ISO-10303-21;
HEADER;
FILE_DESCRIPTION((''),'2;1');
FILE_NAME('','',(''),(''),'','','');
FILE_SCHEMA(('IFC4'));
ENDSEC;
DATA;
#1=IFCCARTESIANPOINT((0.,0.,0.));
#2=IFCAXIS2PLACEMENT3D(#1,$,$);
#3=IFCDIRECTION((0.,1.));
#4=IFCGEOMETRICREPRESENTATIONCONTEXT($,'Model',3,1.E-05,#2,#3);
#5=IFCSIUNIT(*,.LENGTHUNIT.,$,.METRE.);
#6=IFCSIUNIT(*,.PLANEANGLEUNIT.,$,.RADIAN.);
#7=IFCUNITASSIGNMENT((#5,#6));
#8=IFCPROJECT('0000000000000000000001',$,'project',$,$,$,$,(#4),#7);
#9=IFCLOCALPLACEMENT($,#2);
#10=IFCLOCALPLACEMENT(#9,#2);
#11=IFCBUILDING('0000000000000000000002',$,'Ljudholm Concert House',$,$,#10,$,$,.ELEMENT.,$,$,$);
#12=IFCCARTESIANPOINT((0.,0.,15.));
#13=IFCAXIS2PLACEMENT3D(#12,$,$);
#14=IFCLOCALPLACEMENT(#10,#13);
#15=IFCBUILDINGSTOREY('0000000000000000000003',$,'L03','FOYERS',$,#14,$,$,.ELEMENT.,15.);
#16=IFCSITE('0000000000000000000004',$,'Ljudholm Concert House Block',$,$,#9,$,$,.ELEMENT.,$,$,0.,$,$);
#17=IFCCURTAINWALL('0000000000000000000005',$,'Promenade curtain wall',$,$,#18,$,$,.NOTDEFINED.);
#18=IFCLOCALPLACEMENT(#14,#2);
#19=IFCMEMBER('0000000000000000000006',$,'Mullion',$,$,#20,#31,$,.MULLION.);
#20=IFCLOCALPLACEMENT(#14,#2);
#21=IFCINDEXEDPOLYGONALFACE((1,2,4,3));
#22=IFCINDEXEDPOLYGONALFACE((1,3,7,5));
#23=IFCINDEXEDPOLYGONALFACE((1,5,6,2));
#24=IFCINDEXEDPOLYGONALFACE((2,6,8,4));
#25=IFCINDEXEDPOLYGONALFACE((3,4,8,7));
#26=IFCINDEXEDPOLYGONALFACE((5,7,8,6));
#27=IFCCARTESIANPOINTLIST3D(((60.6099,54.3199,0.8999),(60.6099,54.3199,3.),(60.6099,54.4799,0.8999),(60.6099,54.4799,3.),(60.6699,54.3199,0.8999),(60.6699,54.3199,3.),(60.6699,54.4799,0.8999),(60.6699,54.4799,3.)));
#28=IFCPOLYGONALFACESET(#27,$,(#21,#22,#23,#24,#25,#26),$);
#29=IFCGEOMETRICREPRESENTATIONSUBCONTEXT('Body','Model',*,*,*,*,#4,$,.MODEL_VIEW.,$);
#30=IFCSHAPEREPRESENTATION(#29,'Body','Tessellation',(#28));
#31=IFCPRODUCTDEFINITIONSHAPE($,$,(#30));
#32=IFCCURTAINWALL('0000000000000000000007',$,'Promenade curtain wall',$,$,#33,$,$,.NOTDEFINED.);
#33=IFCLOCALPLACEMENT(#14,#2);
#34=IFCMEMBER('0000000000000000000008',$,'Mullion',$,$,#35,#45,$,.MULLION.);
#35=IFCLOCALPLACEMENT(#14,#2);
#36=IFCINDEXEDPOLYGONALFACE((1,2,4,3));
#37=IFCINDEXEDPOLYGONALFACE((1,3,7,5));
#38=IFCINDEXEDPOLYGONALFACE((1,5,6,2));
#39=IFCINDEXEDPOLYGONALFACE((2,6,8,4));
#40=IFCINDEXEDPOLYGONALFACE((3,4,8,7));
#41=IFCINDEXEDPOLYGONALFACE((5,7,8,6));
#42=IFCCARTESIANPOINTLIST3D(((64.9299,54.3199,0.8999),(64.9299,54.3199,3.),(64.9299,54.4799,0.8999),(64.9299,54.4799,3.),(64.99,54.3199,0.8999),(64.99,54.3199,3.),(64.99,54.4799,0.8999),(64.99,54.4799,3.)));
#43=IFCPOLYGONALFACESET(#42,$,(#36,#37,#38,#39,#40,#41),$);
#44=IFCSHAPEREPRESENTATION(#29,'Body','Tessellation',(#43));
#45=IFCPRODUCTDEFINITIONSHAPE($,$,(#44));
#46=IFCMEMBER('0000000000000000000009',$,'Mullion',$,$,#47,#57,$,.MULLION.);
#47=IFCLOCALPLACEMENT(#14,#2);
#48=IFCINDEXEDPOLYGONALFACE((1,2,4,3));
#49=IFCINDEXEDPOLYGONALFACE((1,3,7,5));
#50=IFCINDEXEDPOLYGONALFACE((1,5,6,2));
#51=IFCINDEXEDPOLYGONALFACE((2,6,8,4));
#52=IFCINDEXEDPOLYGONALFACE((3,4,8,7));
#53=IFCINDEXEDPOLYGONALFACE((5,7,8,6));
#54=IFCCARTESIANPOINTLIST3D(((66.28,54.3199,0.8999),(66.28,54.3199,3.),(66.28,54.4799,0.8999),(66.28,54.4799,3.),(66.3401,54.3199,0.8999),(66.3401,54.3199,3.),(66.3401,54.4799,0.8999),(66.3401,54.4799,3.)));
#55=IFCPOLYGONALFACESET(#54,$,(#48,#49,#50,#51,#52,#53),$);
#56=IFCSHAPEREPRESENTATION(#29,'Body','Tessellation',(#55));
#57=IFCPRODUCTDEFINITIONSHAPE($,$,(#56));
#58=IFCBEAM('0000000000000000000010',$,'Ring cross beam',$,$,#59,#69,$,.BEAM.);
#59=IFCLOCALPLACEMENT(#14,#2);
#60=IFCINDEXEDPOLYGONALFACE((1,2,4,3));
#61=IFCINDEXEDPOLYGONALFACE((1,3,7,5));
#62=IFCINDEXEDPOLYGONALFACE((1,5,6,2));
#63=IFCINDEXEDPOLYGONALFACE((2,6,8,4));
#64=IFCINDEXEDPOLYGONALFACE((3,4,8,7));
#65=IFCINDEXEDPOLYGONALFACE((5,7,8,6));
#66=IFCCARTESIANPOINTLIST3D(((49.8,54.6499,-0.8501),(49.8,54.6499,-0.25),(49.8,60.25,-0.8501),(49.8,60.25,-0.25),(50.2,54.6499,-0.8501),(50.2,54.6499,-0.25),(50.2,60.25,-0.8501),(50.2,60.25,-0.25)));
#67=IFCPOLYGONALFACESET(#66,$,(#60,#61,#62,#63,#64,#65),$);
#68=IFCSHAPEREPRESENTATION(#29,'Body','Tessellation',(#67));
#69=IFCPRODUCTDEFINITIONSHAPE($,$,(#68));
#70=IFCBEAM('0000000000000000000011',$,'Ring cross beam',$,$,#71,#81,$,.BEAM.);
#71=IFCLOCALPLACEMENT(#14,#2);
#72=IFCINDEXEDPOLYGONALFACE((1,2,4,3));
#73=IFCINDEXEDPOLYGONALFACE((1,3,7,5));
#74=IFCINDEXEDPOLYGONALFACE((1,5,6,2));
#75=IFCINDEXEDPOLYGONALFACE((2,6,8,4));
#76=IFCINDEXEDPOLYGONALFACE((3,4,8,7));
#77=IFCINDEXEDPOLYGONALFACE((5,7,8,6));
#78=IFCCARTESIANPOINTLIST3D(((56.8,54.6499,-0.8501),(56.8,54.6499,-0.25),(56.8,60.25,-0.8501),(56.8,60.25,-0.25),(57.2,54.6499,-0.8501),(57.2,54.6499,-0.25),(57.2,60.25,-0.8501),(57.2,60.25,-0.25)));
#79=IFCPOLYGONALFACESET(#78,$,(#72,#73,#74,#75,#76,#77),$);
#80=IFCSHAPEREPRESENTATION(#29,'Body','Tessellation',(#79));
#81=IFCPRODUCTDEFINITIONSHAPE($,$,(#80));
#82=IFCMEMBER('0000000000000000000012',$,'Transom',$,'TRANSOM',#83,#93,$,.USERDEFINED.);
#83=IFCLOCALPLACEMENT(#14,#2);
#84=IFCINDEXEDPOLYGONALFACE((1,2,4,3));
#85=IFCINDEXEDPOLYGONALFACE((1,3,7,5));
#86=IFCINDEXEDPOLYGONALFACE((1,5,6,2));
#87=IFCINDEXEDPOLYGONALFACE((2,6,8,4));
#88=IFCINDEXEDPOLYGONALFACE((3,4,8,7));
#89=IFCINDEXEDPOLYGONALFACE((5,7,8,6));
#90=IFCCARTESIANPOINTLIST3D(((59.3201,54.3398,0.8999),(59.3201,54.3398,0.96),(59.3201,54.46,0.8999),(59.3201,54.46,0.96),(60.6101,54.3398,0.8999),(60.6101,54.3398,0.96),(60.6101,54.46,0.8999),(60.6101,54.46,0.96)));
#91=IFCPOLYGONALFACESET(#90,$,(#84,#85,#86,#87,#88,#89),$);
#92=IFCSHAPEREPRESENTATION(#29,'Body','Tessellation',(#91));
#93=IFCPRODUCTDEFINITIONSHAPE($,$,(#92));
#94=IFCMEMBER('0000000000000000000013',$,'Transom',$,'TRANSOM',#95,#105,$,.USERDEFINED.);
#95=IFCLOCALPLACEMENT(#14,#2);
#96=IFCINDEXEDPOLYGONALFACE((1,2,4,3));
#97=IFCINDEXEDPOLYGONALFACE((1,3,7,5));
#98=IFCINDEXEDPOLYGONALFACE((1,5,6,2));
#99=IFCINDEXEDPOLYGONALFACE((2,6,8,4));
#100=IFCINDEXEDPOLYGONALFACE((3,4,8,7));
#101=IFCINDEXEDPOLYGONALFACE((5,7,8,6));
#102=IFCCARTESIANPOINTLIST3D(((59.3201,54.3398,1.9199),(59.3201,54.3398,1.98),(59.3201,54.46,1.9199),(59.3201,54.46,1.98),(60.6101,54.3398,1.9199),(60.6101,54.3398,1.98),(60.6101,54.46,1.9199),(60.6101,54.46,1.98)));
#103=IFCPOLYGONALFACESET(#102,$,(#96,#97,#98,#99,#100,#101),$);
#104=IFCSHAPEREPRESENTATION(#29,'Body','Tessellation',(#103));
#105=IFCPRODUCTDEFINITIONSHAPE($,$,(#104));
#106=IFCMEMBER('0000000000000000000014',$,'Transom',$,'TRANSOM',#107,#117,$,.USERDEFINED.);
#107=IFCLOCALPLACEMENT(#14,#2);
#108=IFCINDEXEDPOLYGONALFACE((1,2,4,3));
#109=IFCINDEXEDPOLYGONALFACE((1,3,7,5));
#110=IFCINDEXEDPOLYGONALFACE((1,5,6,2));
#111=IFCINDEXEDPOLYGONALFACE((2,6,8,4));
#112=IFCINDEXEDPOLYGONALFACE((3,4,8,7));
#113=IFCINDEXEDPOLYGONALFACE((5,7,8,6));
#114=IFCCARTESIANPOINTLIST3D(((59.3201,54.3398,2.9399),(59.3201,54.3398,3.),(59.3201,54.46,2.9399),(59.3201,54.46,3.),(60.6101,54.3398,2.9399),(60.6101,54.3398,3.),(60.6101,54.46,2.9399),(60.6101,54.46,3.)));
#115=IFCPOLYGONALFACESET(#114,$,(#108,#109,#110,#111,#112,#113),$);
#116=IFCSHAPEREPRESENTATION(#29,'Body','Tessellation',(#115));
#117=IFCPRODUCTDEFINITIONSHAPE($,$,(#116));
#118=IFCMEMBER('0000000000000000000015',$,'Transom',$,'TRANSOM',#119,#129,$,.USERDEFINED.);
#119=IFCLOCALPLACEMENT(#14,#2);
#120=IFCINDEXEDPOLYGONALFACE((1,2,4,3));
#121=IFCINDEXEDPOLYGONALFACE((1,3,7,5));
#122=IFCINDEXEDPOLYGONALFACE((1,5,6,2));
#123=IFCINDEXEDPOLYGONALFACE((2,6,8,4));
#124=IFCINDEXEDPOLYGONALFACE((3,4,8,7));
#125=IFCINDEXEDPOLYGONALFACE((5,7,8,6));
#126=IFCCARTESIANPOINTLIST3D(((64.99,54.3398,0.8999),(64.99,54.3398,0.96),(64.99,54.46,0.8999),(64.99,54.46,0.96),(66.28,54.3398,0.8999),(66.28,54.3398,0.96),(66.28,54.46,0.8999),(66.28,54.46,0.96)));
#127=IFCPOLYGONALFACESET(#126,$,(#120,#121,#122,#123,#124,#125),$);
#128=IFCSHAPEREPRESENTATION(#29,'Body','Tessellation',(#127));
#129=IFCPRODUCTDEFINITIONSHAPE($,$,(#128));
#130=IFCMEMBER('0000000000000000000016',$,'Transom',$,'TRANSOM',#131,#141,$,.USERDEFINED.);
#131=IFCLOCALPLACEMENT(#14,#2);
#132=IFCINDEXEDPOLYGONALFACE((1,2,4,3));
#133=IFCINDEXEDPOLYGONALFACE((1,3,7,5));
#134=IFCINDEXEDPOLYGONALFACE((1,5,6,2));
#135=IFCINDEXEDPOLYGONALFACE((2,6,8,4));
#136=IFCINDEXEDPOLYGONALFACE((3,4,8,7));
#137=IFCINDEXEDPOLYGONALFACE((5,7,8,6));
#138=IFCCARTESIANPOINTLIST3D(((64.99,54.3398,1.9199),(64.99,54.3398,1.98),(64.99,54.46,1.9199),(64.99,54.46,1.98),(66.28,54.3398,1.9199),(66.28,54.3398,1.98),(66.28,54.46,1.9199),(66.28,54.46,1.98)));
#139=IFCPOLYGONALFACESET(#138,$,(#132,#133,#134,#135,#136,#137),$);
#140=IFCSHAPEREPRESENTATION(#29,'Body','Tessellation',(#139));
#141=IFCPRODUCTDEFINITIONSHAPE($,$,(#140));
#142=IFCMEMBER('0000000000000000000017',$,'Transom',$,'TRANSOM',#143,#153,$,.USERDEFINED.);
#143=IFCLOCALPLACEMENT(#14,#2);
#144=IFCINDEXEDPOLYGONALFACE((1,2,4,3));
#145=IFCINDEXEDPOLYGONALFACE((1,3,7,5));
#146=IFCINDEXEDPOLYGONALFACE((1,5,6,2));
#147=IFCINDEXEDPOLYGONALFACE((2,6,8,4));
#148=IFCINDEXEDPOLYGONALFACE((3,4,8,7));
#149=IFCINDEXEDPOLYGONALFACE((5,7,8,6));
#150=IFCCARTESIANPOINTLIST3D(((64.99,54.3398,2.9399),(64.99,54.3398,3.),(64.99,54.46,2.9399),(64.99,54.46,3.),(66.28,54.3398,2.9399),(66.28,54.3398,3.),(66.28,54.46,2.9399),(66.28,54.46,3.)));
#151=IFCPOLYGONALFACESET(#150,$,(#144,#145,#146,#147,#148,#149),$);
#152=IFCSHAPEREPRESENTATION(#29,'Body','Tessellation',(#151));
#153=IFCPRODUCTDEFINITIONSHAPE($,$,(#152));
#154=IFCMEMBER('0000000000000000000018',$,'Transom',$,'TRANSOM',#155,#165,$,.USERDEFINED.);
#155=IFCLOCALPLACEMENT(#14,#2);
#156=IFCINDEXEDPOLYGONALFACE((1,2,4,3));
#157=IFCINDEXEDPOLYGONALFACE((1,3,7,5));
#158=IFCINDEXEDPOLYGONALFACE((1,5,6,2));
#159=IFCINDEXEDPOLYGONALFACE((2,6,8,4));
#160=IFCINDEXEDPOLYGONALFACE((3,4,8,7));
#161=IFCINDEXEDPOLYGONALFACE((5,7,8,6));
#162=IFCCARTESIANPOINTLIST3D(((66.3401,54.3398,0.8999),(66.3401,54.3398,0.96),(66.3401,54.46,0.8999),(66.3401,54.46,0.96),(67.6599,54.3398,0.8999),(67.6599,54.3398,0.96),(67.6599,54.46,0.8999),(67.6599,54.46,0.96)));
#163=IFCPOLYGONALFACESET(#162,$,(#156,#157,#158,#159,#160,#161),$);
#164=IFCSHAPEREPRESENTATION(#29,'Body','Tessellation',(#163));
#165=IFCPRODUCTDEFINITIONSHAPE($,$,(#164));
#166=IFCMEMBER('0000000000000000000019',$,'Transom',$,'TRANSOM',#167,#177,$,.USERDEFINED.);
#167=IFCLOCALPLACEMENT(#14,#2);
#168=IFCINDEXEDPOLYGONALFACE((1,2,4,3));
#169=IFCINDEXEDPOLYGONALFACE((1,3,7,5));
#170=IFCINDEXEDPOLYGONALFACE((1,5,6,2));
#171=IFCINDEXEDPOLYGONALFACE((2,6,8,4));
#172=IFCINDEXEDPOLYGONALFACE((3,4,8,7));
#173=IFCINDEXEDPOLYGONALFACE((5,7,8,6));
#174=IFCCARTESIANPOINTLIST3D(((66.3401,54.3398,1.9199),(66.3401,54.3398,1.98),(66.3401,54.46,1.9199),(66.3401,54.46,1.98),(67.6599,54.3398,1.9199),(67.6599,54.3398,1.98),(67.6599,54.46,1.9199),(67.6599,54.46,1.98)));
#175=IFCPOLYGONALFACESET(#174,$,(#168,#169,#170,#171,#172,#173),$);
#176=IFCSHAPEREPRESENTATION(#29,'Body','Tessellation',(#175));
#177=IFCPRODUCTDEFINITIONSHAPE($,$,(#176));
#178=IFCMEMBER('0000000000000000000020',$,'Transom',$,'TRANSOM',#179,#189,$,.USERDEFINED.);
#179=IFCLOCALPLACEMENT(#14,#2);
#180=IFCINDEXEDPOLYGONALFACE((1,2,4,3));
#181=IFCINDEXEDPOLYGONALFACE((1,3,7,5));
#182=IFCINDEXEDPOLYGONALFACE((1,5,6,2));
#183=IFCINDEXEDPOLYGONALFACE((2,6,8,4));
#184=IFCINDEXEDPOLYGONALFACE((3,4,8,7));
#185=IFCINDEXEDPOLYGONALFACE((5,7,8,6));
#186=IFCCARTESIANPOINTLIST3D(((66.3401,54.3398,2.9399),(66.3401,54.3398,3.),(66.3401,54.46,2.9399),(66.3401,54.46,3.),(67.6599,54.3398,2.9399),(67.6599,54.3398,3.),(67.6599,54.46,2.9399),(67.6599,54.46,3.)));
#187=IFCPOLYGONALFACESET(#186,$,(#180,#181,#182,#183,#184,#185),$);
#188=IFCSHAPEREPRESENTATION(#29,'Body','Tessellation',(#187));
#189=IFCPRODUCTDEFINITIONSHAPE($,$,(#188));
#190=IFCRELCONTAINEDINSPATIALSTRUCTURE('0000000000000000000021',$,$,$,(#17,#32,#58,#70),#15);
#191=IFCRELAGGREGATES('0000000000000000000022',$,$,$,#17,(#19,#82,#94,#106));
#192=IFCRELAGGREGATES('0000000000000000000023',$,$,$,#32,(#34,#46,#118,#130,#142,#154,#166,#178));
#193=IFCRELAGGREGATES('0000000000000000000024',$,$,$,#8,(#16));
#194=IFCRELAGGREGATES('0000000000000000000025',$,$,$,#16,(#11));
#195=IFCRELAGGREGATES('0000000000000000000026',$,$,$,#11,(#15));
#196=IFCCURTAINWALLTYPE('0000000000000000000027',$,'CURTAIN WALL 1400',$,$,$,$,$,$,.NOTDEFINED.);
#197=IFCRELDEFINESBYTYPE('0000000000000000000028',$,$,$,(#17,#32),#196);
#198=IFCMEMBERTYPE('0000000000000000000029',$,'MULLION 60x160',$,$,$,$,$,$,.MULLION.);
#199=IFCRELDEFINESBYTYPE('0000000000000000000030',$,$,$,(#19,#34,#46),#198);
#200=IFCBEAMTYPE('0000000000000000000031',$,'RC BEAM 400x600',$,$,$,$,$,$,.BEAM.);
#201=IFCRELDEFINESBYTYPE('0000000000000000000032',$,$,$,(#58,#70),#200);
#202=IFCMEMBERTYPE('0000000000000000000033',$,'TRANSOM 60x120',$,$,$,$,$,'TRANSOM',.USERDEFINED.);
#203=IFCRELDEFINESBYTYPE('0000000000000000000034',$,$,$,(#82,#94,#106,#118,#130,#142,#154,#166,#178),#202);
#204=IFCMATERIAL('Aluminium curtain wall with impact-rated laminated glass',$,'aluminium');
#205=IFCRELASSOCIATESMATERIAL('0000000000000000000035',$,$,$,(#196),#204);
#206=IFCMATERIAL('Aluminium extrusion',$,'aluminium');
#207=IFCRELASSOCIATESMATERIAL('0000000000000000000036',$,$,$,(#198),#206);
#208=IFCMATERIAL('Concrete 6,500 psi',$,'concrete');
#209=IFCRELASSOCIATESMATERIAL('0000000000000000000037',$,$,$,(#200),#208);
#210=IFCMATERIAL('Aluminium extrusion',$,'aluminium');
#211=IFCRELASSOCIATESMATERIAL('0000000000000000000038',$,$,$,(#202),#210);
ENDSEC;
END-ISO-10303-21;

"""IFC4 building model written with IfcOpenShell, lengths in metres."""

from ifc_helpers import new_model, si_unit, direction, frame, origin, origin_2d, place, context, subcontext, project, spatial, rectangle, extrude, material, material_profile, profile_set, type_object, element, aggregate, save


model = new_model("IFC4")

# Units and contexts
model_context = context("Model", 3, precision=1e-05, world=origin(), true_north=direction((0.0, 1.0)))
body_context = subcontext(model_context, "Body", "Model", "MODEL_VIEW")
ifc_project = project(units=[si_unit("LENGTHUNIT", "METRE"), si_unit("PLANEANGLEUNIT", "RADIAN")], contexts=[model_context])

# Site, building, storey
site_placement = place(None, origin())
site = spatial("IfcSite", under=ifc_project, at=site_placement, Name="Ljudholm Concert House Block", CompositionType="ELEMENT", RefElevation=0.0)
building_placement = place(site_placement, origin())
building = spatial("IfcBuilding", under=site, at=building_placement, Name="Ljudholm Concert House", CompositionType="ELEMENT")
storey_placement = place(building_placement, frame((0.0, 0.0, 15.0)))
storey = spatial("IfcBuildingStorey", under=building, at=storey_placement, Name="L03", Description="FOYERS", CompositionType="ELEMENT", Elevation=15.0)

# Curtain wall, member
ifc_material_1 = material(Name="Aluminium curtain wall with impact-rated laminated glass", Category="aluminium")
curtain_wall_type = type_object("IfcCurtainWallType", Name="CURTAIN WALL 1400", PredefinedType="NOTDEFINED", material=ifc_material_1)
curtain_wall_1_placement = place(storey_placement, origin())
curtain_wall_1 = element("IfcCurtainWall", 1, at=curtain_wall_1_placement, inside=storey, type_object=curtain_wall_type, Name="Promenade curtain wall", PredefinedType="NOTDEFINED")
ifc_material_2 = material(Name="Aluminium extrusion", Category="aluminium")
ifc_material_profile_1 = material_profile(ifc_material_2, rectangle(XDim=0.1599, YDim=0.0601, at=origin_2d()), Name="MULLION 60x160")
ifc_profile_set_1 = profile_set([ifc_material_profile_1], Name="Aluminium extrusion")
member_type_1 = type_object("IfcMemberType", Name="MULLION 60x160", PredefinedType="MULLION", material=ifc_profile_set_1)
member_1_placement = place(storey_placement, frame((60.6399, 54.3999, 0.8999), z_axis=(0.0, 0.0, 1.0), x_axis=(0.0, 1.0, 0.0)))
member_1 = element("IfcMember", 2, at=member_1_placement, type_object=member_type_1, Name="Mullion", PredefinedType="MULLION", context=body_context, shape_type="SweptSolid", body=[
    extrude(rectangle(XDim=0.1599, YDim=0.0601, at=origin_2d()), origin(), (0.0, 0.0, 1.0), 2.1001),
])

# Curtain wall, members
curtain_wall_2_placement = place(storey_placement, origin())
curtain_wall_2 = element("IfcCurtainWall", 3, at=curtain_wall_2_placement, inside=storey, type_object=curtain_wall_type, Name="Promenade curtain wall", PredefinedType="NOTDEFINED")
member_2_placement = place(storey_placement, frame((64.96, 54.3999, 0.8999), z_axis=(0.0, 0.0, 1.0), x_axis=(0.0, 1.0, 0.0)))
member_2 = element("IfcMember", 4, at=member_2_placement, type_object=member_type_1, Name="Mullion", PredefinedType="MULLION", context=body_context, shape_type="SweptSolid", body=[
    extrude(rectangle(XDim=0.1599, YDim=0.0601, at=origin_2d()), origin(), (0.0, 0.0, 1.0), 2.1001),
])
member_3_placement = place(storey_placement, frame((66.3101, 54.3999, 0.8999), z_axis=(0.0, 0.0, 1.0), x_axis=(0.0, 1.0, 0.0)))
member_3 = element("IfcMember", 5, at=member_3_placement, type_object=member_type_1, Name="Mullion", PredefinedType="MULLION", context=body_context, shape_type="SweptSolid", body=[
    extrude(rectangle(XDim=0.1599, YDim=0.0601, at=origin_2d()), origin(), (0.0, 0.0, 1.0), 2.1001),
])

# Beams
ifc_material_3 = material(Name="Concrete 6,500 psi", Category="concrete")
ifc_material_profile_2 = material_profile(ifc_material_3, rectangle(XDim=0.3999, YDim=0.6001, at=origin_2d()), Name="RC BEAM 400x600")
ifc_profile_set_2 = profile_set([ifc_material_profile_2], Name="Concrete 6,500 psi")
beam_type = type_object("IfcBeamType", Name="RC BEAM 400x600", PredefinedType="BEAM", material=ifc_profile_set_2)
for number, where, z_axis, x_axis, name in (
    (6, (50.0, 60.25, -0.55), (0.0, -1.0, 0.0), (1.0, 0.0, 0.0), "Ring cross beam"),
    (7, (57.0, 60.25, -0.55), (0.0, -1.0, 0.0), (1.0, 0.0, 0.0), "Ring cross beam"),
):
    element("IfcBeam", number, at=place(storey_placement, frame(where, z_axis=z_axis, x_axis=x_axis)), inside=storey, type_object=beam_type, Name=name, PredefinedType="BEAM", context=body_context, shape_type="SweptSolid", body=[
        extrude(rectangle(XDim=0.3999, YDim=0.6001, at=origin_2d()), origin(), (0.0, 0.0, 1.0), 5.6001),
    ])

# Members
ifc_material_4 = material(Name="Aluminium extrusion", Category="aluminium")
ifc_material_profile_3 = material_profile(ifc_material_4, rectangle(XDim=0.1201, YDim=0.0601, at=origin_2d()), Name="TRANSOM 60x120")
ifc_profile_set_3 = profile_set([ifc_material_profile_3], Name="Aluminium extrusion")
member_type_2 = type_object("IfcMemberType", Name="TRANSOM 60x120", ElementType="TRANSOM", PredefinedType="USERDEFINED", material=ifc_profile_set_3)
member_4_placement = place(storey_placement, frame((59.3201, 54.3999, 0.9299), z_axis=(1.0, 0.0, 0.0), x_axis=(0.0, 1.0, 0.0)))
member_4 = element("IfcMember", 8, at=member_4_placement, type_object=member_type_2, Name="Transom", ObjectType="TRANSOM", PredefinedType="USERDEFINED", context=body_context, shape_type="SweptSolid", body=[
    extrude(rectangle(XDim=0.1201, YDim=0.0601, at=origin_2d()), origin(), (0.0, 0.0, 1.0), 1.29),
])
member_5_placement = place(storey_placement, frame((59.3201, 54.3999, 1.95), z_axis=(1.0, 0.0, 0.0), x_axis=(0.0, 1.0, 0.0)))
member_5 = element("IfcMember", 9, at=member_5_placement, type_object=member_type_2, Name="Transom", ObjectType="TRANSOM", PredefinedType="USERDEFINED", context=body_context, shape_type="SweptSolid", body=[
    extrude(rectangle(XDim=0.1201, YDim=0.0601, at=origin_2d()), origin(), (0.0, 0.0, 1.0), 1.29),
])
member_6_placement = place(storey_placement, frame((59.3201, 54.3999, 2.97), z_axis=(1.0, 0.0, 0.0), x_axis=(0.0, 1.0, 0.0)))
member_6 = element("IfcMember", 10, at=member_6_placement, type_object=member_type_2, Name="Transom", ObjectType="TRANSOM", PredefinedType="USERDEFINED", context=body_context, shape_type="SweptSolid", body=[
    extrude(rectangle(XDim=0.1201, YDim=0.0601, at=origin_2d()), origin(), (0.0, 0.0, 1.0), 1.29),
])
member_7_placement = place(storey_placement, frame((64.99, 54.3999, 0.9299), z_axis=(1.0, 0.0, 0.0), x_axis=(0.0, 1.0, 0.0)))
member_7 = element("IfcMember", 11, at=member_7_placement, type_object=member_type_2, Name="Transom", ObjectType="TRANSOM", PredefinedType="USERDEFINED", context=body_context, shape_type="SweptSolid", body=[
    extrude(rectangle(XDim=0.1201, YDim=0.0601, at=origin_2d()), origin(), (0.0, 0.0, 1.0), 1.29),
])
member_8_placement = place(storey_placement, frame((64.99, 54.3999, 1.95), z_axis=(1.0, 0.0, 0.0), x_axis=(0.0, 1.0, 0.0)))
member_8 = element("IfcMember", 12, at=member_8_placement, type_object=member_type_2, Name="Transom", ObjectType="TRANSOM", PredefinedType="USERDEFINED", context=body_context, shape_type="SweptSolid", body=[
    extrude(rectangle(XDim=0.1201, YDim=0.0601, at=origin_2d()), origin(), (0.0, 0.0, 1.0), 1.29),
])
member_9_placement = place(storey_placement, frame((64.99, 54.3999, 2.97), z_axis=(1.0, 0.0, 0.0), x_axis=(0.0, 1.0, 0.0)))
member_9 = element("IfcMember", 13, at=member_9_placement, type_object=member_type_2, Name="Transom", ObjectType="TRANSOM", PredefinedType="USERDEFINED", context=body_context, shape_type="SweptSolid", body=[
    extrude(rectangle(XDim=0.1201, YDim=0.0601, at=origin_2d()), origin(), (0.0, 0.0, 1.0), 1.29),
])
member_10_placement = place(storey_placement, frame((66.3401, 54.3999, 0.9299), z_axis=(1.0, 0.0, 0.0), x_axis=(0.0, 1.0, 0.0)))
member_10 = element("IfcMember", 14, at=member_10_placement, type_object=member_type_2, Name="Transom", ObjectType="TRANSOM", PredefinedType="USERDEFINED", context=body_context, shape_type="SweptSolid", body=[
    extrude(rectangle(XDim=0.1201, YDim=0.0601, at=origin_2d()), origin(), (0.0, 0.0, 1.0), 1.3198),
])
member_11_placement = place(storey_placement, frame((66.3401, 54.3999, 1.95), z_axis=(1.0, 0.0, 0.0), x_axis=(0.0, 1.0, 0.0)))
member_11 = element("IfcMember", 15, at=member_11_placement, type_object=member_type_2, Name="Transom", ObjectType="TRANSOM", PredefinedType="USERDEFINED", context=body_context, shape_type="SweptSolid", body=[
    extrude(rectangle(XDim=0.1201, YDim=0.0601, at=origin_2d()), origin(), (0.0, 0.0, 1.0), 1.3198),
])
member_12_placement = place(storey_placement, frame((66.3401, 54.3999, 2.97), z_axis=(1.0, 0.0, 0.0), x_axis=(0.0, 1.0, 0.0)))
member_12 = element("IfcMember", 16, at=member_12_placement, type_object=member_type_2, Name="Transom", ObjectType="TRANSOM", PredefinedType="USERDEFINED", context=body_context, shape_type="SweptSolid", body=[
    extrude(rectangle(XDim=0.1201, YDim=0.0601, at=origin_2d()), origin(), (0.0, 0.0, 1.0), 1.3198),
])

aggregate(curtain_wall_1, [member_1, member_4, member_5, member_6])
aggregate(curtain_wall_2, [member_2, member_3, member_7, member_8, member_9, member_10, member_11, member_12])

save(model, "model.ifc")
